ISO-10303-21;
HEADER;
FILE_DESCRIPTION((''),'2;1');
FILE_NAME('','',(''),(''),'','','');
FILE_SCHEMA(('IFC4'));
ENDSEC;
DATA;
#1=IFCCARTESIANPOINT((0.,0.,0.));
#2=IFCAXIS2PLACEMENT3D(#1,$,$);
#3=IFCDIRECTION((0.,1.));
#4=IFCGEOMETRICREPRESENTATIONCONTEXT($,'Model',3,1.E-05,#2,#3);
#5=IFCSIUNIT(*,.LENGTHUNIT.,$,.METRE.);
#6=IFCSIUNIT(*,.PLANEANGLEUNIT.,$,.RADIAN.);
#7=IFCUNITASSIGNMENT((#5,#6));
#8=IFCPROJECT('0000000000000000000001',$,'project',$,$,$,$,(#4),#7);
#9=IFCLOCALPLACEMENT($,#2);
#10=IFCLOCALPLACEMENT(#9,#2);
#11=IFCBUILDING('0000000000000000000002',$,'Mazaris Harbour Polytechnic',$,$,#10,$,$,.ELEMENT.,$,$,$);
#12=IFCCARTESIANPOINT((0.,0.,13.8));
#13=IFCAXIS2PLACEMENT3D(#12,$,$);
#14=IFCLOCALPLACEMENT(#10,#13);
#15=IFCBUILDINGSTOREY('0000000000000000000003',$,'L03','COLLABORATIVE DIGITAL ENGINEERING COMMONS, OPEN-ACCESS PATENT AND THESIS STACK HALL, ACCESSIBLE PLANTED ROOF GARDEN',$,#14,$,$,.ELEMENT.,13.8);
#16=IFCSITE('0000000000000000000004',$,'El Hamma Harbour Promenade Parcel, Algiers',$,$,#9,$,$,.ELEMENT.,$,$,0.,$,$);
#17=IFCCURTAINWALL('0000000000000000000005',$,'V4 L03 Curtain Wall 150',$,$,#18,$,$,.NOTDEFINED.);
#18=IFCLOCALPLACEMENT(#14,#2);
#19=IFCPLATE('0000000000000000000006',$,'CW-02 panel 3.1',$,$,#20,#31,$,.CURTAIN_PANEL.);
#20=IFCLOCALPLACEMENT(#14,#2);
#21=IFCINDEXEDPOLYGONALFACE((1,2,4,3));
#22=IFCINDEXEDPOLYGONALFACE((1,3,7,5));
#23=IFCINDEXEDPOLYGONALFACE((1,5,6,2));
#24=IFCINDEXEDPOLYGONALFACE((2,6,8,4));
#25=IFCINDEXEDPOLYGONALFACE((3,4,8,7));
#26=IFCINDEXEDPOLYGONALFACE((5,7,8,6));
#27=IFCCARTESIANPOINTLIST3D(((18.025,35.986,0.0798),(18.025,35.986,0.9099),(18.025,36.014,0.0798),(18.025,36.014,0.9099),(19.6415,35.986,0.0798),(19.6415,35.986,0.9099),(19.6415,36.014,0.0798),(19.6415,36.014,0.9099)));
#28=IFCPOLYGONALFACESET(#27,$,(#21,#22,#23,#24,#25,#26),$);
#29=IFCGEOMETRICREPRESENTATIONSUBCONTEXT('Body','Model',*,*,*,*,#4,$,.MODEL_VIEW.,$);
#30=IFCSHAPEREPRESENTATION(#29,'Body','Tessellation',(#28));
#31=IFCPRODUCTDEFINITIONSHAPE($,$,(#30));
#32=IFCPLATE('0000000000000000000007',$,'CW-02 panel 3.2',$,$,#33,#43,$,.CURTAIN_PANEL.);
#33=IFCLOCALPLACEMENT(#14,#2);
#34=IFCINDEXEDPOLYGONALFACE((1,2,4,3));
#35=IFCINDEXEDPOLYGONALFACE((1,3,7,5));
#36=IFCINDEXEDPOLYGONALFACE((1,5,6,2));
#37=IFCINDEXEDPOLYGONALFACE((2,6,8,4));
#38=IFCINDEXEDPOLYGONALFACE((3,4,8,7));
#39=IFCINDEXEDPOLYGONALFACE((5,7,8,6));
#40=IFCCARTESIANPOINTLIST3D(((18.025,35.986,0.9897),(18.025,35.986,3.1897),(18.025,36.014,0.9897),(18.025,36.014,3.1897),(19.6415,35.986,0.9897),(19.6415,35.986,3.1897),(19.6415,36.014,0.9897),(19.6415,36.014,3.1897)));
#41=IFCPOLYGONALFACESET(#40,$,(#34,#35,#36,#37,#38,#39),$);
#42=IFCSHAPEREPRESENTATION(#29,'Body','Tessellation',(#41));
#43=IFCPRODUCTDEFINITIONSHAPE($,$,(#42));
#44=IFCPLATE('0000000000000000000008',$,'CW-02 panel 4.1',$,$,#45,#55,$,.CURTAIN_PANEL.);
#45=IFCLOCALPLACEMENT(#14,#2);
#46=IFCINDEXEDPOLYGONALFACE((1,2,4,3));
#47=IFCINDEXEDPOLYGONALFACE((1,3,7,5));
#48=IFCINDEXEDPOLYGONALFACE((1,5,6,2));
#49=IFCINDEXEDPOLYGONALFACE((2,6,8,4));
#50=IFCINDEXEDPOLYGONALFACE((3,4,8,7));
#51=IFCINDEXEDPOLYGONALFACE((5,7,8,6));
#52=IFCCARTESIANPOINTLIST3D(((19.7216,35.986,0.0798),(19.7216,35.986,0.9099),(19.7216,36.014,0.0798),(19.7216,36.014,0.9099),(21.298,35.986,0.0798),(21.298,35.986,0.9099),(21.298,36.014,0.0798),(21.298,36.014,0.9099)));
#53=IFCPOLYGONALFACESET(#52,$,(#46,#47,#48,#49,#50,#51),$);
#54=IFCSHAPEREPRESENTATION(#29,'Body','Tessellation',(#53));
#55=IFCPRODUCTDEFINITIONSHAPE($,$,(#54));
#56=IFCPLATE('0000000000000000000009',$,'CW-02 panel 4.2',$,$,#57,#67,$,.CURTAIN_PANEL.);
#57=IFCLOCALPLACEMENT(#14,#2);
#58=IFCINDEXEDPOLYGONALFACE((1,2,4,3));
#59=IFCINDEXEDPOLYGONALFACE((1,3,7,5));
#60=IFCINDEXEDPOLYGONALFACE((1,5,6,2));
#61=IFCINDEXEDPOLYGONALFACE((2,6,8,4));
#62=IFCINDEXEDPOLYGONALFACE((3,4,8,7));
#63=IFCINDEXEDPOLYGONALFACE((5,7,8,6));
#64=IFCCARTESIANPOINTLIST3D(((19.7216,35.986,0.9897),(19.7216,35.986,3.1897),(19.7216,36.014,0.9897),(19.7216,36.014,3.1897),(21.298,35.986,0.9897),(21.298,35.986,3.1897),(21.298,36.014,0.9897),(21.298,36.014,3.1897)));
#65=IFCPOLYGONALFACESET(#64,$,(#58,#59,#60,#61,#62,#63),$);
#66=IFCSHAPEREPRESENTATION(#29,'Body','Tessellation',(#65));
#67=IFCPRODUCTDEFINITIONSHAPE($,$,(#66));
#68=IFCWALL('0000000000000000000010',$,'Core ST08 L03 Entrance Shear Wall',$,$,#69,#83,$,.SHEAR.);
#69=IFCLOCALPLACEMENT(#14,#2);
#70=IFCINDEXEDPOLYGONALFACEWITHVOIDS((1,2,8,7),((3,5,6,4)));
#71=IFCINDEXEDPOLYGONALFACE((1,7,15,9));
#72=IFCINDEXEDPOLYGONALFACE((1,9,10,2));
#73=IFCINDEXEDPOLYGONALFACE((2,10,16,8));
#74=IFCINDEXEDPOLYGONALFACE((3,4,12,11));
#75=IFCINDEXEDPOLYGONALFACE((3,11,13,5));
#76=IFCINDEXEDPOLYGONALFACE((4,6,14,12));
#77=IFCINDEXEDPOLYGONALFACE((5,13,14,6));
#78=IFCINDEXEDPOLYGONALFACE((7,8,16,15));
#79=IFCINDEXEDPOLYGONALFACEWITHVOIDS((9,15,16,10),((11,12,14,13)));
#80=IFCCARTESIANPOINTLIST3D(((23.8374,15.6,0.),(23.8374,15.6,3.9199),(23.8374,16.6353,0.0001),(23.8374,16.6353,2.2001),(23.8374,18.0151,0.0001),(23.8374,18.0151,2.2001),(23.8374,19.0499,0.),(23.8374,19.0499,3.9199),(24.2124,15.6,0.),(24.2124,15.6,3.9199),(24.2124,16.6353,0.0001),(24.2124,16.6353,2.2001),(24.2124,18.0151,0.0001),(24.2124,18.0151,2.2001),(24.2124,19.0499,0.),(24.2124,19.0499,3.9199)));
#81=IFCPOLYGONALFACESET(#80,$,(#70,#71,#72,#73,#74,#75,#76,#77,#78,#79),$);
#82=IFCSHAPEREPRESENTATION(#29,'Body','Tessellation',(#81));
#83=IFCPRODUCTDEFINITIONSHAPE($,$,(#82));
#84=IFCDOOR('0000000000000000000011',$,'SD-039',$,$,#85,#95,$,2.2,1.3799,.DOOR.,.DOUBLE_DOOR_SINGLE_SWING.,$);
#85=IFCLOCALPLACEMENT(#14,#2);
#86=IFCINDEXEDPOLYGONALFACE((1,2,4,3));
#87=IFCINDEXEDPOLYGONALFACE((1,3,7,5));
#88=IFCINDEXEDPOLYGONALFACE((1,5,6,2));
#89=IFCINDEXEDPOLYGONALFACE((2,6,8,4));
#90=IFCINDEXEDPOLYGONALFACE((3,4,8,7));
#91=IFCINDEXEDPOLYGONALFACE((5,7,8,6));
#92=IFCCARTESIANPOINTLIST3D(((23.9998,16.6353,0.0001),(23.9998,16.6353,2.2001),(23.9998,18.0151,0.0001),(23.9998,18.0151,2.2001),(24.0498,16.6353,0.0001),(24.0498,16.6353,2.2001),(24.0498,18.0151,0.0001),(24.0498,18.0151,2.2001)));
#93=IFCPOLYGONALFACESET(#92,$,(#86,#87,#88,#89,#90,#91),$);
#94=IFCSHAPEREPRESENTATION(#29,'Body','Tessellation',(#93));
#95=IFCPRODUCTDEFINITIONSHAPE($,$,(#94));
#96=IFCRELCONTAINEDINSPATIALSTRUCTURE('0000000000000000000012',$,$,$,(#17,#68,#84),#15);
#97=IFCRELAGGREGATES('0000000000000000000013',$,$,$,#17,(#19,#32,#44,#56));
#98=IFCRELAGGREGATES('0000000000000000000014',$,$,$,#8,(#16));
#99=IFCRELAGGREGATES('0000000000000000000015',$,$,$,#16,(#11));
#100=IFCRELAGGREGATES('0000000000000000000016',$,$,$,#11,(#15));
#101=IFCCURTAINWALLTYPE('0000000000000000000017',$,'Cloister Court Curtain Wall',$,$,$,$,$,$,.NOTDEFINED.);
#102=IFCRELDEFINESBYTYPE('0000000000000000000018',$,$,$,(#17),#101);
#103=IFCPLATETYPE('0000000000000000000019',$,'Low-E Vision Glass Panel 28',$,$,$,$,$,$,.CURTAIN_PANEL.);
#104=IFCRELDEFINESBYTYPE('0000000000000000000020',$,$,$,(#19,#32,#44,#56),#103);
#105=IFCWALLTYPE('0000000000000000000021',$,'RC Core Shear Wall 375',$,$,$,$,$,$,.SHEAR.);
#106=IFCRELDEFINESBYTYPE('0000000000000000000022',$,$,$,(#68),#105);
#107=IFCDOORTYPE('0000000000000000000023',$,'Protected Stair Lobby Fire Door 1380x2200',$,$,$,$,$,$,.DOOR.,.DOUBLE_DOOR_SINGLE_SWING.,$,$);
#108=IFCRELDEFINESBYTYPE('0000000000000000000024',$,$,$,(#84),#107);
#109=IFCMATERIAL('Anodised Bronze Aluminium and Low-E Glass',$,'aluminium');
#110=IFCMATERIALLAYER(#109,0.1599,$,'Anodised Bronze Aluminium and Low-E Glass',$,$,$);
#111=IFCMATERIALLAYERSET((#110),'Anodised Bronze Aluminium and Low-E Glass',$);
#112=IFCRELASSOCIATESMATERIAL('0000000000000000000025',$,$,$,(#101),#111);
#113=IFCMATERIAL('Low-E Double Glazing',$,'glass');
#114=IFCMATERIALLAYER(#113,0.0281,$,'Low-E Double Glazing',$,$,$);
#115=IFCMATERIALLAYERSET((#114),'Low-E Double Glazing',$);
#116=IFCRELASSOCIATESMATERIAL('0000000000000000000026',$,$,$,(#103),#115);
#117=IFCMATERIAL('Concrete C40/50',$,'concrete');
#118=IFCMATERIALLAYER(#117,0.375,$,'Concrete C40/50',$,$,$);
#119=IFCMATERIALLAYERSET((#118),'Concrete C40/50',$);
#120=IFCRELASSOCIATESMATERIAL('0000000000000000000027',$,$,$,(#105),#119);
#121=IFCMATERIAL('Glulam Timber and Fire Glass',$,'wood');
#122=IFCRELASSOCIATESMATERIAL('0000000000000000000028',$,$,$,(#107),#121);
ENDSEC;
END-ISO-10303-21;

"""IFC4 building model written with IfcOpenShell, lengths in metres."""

from ifc_helpers import new_model, si_unit, direction, frame, frame_2d, origin, origin_2d, place, context, subcontext, project, spatial, rectangle, extrude, material, layer, layer_set, type_object, element, fill, aggregate, save


model = new_model("IFC4")

# Units and contexts
model_context = context("Model", 3, precision=1e-05, world=origin(), true_north=direction((0.0, 1.0)))
body_context = subcontext(model_context, "Body", "Model", "MODEL_VIEW")
ifc_project = project(units=[si_unit("LENGTHUNIT", "METRE"), si_unit("PLANEANGLEUNIT", "RADIAN")], contexts=[model_context])

# Site, building, storey
site_placement = place(None, origin())
site = spatial("IfcSite", under=ifc_project, at=site_placement, Name="El Hamma Harbour Promenade Parcel, Algiers", CompositionType="ELEMENT", RefElevation=0.0)
building_placement = place(site_placement, origin())
building = spatial("IfcBuilding", under=site, at=building_placement, Name="Mazaris Harbour Polytechnic", CompositionType="ELEMENT")
storey_placement = place(building_placement, frame((0.0, 0.0, 13.8)))
storey = spatial("IfcBuildingStorey", under=building, at=storey_placement, Name="L03", Description="COLLABORATIVE DIGITAL ENGINEERING COMMONS, OPEN-ACCESS PATENT AND THESIS STACK HALL, ACCESSIBLE PLANTED ROOF GARDEN", CompositionType="ELEMENT", Elevation=13.8)

# Curtain wall
ifc_material_1 = material(Name="Anodised Bronze Aluminium and Low-E Glass", Category="aluminium")
ifc_layer_1 = layer(ifc_material_1, 0.1599, Name="Anodised Bronze Aluminium and Low-E Glass")
ifc_layer_set_1 = layer_set([ifc_layer_1], Name="Anodised Bronze Aluminium and Low-E Glass")
curtain_wall_type = type_object("IfcCurtainWallType", Name="Cloister Court Curtain Wall", PredefinedType="NOTDEFINED", material=ifc_layer_set_1)
curtain_wall_placement = place(storey_placement, origin())
curtain_wall = element("IfcCurtainWall", 1, at=curtain_wall_placement, inside=storey, type_object=curtain_wall_type, Name="V4 L03 Curtain Wall 150", PredefinedType="NOTDEFINED")

# Plates
ifc_material_2 = material(Name="Low-E Double Glazing", Category="glass")
ifc_layer_2 = layer(ifc_material_2, 0.0281, Name="Low-E Double Glazing")
ifc_layer_set_2 = layer_set([ifc_layer_2], Name="Low-E Double Glazing")
plate_type = type_object("IfcPlateType", Name="Low-E Vision Glass Panel 28", PredefinedType="CURTAIN_PANEL", material=ifc_layer_set_2)
plate_1_placement = place(storey_placement, frame((18.8333, 36.0, 0.0798), z_axis=(0.0, 0.0, 1.0), x_axis=(1.0, 0.0, 0.0)))
plate_1 = element("IfcPlate", 2, at=plate_1_placement, type_object=plate_type, Name="CW-02 panel 3.1", PredefinedType="CURTAIN_PANEL", context=body_context, shape_type="SweptSolid", body=[
    extrude(rectangle(XDim=1.6165, YDim=0.0281, at=origin_2d()), origin(), (0.0, 0.0, 1.0), 0.8301),
])
plate_2_placement = place(storey_placement, frame((18.8333, 36.0, 0.9897), z_axis=(0.0, 0.0, 1.0), x_axis=(1.0, 0.0, 0.0)))
plate_2 = element("IfcPlate", 3, at=plate_2_placement, type_object=plate_type, Name="CW-02 panel 3.2", PredefinedType="CURTAIN_PANEL", context=body_context, shape_type="SweptSolid", body=[
    extrude(rectangle(XDim=1.6165, YDim=0.0281, at=origin_2d()), origin(), (0.0, 0.0, 1.0), 2.2),
])
plate_3_placement = place(storey_placement, frame((20.5098, 36.0, 0.0798), z_axis=(0.0, 0.0, 1.0), x_axis=(1.0, 0.0, 0.0)))
plate_3 = element("IfcPlate", 4, at=plate_3_placement, type_object=plate_type, Name="CW-02 panel 4.1", PredefinedType="CURTAIN_PANEL", context=body_context, shape_type="SweptSolid", body=[
    extrude(rectangle(XDim=1.5764, YDim=0.0281, at=origin_2d()), origin(), (0.0, 0.0, 1.0), 0.8301),
])
plate_4_placement = place(storey_placement, frame((20.5098, 36.0, 0.9897), z_axis=(0.0, 0.0, 1.0), x_axis=(1.0, 0.0, 0.0)))
plate_4 = element("IfcPlate", 5, at=plate_4_placement, type_object=plate_type, Name="CW-02 panel 4.2", PredefinedType="CURTAIN_PANEL", context=body_context, shape_type="SweptSolid", body=[
    extrude(rectangle(XDim=1.5764, YDim=0.0281, at=origin_2d()), origin(), (0.0, 0.0, 1.0), 2.2),
])
aggregate(curtain_wall, [plate_1, plate_2, plate_3, plate_4])

# Wall, opening, door
ifc_material_3 = material(Name="Concrete C40/50", Category="concrete")
ifc_layer_3 = layer(ifc_material_3, 0.375, Name="Concrete C40/50")
ifc_layer_set_3 = layer_set([ifc_layer_3], Name="Concrete C40/50")
wall_type = type_object("IfcWallType", Name="RC Core Shear Wall 375", PredefinedType="SHEAR", material=ifc_layer_set_3)
wall_placement = place(storey_placement, frame((24.0249, 19.05, 0.0), z_axis=(0.0, 0.0, 1.0), x_axis=(0.0, -1.0, 0.0)))
wall = element("IfcWall", 6, at=wall_placement, inside=storey, type_object=wall_type, Name="Core ST08 L03 Entrance Shear Wall", PredefinedType="SHEAR", context=body_context, shape_type="SweptSolid", body=[
    extrude(rectangle(XDim=3.45, YDim=0.375, at=frame_2d((1.7251, 0.0))), origin(), (0.0, 0.0, 1.0), 3.9199),
])
opening_placement = place(wall_placement, frame((1.0349, 0.0, 0.0)))
opening = element("IfcOpeningElement", 7, at=opening_placement, cuts=wall, PredefinedType="OPENING", context=body_context, shape_type="SweptSolid", body=[
    extrude(rectangle(XDim=1.3799, YDim=2.2, at=frame_2d((0.6899, 1.1001))), frame((0.0, 0.1975, 0.0), z_axis=(0.0, -1.0, 0.0), x_axis=(1.0, 0.0, 0.0)), (0.0, 0.0, 1.0), 0.395),
])
ifc_material_4 = material(Name="Glulam Timber and Fire Glass", Category="wood")
door_type = type_object("IfcDoorType", Name="Protected Stair Lobby Fire Door 1380x2200", OperationType="DOUBLE_DOOR_SINGLE_SWING", PredefinedType="DOOR", material=ifc_material_4)
door_placement = place(opening_placement, origin())
door = element("IfcDoor", 8, at=door_placement, inside=storey, type_object=door_type, Name="SD-039", OperationType="DOUBLE_DOOR_SINGLE_SWING", OverallHeight=2.2, OverallWidth=1.3799, PredefinedType="DOOR", context=body_context, shape_type="SweptSolid", body=[
    extrude(rectangle(XDim=1.3799, YDim=2.2, at=frame_2d((0.6899, 1.1001))), frame((0.0, 0.0249, 0.0), z_axis=(0.0, -1.0, 0.0), x_axis=(1.0, 0.0, 0.0)), (0.0, 0.0, 1.0), 0.05),
])
fill(opening, door)

save(model, "model.ifc")
